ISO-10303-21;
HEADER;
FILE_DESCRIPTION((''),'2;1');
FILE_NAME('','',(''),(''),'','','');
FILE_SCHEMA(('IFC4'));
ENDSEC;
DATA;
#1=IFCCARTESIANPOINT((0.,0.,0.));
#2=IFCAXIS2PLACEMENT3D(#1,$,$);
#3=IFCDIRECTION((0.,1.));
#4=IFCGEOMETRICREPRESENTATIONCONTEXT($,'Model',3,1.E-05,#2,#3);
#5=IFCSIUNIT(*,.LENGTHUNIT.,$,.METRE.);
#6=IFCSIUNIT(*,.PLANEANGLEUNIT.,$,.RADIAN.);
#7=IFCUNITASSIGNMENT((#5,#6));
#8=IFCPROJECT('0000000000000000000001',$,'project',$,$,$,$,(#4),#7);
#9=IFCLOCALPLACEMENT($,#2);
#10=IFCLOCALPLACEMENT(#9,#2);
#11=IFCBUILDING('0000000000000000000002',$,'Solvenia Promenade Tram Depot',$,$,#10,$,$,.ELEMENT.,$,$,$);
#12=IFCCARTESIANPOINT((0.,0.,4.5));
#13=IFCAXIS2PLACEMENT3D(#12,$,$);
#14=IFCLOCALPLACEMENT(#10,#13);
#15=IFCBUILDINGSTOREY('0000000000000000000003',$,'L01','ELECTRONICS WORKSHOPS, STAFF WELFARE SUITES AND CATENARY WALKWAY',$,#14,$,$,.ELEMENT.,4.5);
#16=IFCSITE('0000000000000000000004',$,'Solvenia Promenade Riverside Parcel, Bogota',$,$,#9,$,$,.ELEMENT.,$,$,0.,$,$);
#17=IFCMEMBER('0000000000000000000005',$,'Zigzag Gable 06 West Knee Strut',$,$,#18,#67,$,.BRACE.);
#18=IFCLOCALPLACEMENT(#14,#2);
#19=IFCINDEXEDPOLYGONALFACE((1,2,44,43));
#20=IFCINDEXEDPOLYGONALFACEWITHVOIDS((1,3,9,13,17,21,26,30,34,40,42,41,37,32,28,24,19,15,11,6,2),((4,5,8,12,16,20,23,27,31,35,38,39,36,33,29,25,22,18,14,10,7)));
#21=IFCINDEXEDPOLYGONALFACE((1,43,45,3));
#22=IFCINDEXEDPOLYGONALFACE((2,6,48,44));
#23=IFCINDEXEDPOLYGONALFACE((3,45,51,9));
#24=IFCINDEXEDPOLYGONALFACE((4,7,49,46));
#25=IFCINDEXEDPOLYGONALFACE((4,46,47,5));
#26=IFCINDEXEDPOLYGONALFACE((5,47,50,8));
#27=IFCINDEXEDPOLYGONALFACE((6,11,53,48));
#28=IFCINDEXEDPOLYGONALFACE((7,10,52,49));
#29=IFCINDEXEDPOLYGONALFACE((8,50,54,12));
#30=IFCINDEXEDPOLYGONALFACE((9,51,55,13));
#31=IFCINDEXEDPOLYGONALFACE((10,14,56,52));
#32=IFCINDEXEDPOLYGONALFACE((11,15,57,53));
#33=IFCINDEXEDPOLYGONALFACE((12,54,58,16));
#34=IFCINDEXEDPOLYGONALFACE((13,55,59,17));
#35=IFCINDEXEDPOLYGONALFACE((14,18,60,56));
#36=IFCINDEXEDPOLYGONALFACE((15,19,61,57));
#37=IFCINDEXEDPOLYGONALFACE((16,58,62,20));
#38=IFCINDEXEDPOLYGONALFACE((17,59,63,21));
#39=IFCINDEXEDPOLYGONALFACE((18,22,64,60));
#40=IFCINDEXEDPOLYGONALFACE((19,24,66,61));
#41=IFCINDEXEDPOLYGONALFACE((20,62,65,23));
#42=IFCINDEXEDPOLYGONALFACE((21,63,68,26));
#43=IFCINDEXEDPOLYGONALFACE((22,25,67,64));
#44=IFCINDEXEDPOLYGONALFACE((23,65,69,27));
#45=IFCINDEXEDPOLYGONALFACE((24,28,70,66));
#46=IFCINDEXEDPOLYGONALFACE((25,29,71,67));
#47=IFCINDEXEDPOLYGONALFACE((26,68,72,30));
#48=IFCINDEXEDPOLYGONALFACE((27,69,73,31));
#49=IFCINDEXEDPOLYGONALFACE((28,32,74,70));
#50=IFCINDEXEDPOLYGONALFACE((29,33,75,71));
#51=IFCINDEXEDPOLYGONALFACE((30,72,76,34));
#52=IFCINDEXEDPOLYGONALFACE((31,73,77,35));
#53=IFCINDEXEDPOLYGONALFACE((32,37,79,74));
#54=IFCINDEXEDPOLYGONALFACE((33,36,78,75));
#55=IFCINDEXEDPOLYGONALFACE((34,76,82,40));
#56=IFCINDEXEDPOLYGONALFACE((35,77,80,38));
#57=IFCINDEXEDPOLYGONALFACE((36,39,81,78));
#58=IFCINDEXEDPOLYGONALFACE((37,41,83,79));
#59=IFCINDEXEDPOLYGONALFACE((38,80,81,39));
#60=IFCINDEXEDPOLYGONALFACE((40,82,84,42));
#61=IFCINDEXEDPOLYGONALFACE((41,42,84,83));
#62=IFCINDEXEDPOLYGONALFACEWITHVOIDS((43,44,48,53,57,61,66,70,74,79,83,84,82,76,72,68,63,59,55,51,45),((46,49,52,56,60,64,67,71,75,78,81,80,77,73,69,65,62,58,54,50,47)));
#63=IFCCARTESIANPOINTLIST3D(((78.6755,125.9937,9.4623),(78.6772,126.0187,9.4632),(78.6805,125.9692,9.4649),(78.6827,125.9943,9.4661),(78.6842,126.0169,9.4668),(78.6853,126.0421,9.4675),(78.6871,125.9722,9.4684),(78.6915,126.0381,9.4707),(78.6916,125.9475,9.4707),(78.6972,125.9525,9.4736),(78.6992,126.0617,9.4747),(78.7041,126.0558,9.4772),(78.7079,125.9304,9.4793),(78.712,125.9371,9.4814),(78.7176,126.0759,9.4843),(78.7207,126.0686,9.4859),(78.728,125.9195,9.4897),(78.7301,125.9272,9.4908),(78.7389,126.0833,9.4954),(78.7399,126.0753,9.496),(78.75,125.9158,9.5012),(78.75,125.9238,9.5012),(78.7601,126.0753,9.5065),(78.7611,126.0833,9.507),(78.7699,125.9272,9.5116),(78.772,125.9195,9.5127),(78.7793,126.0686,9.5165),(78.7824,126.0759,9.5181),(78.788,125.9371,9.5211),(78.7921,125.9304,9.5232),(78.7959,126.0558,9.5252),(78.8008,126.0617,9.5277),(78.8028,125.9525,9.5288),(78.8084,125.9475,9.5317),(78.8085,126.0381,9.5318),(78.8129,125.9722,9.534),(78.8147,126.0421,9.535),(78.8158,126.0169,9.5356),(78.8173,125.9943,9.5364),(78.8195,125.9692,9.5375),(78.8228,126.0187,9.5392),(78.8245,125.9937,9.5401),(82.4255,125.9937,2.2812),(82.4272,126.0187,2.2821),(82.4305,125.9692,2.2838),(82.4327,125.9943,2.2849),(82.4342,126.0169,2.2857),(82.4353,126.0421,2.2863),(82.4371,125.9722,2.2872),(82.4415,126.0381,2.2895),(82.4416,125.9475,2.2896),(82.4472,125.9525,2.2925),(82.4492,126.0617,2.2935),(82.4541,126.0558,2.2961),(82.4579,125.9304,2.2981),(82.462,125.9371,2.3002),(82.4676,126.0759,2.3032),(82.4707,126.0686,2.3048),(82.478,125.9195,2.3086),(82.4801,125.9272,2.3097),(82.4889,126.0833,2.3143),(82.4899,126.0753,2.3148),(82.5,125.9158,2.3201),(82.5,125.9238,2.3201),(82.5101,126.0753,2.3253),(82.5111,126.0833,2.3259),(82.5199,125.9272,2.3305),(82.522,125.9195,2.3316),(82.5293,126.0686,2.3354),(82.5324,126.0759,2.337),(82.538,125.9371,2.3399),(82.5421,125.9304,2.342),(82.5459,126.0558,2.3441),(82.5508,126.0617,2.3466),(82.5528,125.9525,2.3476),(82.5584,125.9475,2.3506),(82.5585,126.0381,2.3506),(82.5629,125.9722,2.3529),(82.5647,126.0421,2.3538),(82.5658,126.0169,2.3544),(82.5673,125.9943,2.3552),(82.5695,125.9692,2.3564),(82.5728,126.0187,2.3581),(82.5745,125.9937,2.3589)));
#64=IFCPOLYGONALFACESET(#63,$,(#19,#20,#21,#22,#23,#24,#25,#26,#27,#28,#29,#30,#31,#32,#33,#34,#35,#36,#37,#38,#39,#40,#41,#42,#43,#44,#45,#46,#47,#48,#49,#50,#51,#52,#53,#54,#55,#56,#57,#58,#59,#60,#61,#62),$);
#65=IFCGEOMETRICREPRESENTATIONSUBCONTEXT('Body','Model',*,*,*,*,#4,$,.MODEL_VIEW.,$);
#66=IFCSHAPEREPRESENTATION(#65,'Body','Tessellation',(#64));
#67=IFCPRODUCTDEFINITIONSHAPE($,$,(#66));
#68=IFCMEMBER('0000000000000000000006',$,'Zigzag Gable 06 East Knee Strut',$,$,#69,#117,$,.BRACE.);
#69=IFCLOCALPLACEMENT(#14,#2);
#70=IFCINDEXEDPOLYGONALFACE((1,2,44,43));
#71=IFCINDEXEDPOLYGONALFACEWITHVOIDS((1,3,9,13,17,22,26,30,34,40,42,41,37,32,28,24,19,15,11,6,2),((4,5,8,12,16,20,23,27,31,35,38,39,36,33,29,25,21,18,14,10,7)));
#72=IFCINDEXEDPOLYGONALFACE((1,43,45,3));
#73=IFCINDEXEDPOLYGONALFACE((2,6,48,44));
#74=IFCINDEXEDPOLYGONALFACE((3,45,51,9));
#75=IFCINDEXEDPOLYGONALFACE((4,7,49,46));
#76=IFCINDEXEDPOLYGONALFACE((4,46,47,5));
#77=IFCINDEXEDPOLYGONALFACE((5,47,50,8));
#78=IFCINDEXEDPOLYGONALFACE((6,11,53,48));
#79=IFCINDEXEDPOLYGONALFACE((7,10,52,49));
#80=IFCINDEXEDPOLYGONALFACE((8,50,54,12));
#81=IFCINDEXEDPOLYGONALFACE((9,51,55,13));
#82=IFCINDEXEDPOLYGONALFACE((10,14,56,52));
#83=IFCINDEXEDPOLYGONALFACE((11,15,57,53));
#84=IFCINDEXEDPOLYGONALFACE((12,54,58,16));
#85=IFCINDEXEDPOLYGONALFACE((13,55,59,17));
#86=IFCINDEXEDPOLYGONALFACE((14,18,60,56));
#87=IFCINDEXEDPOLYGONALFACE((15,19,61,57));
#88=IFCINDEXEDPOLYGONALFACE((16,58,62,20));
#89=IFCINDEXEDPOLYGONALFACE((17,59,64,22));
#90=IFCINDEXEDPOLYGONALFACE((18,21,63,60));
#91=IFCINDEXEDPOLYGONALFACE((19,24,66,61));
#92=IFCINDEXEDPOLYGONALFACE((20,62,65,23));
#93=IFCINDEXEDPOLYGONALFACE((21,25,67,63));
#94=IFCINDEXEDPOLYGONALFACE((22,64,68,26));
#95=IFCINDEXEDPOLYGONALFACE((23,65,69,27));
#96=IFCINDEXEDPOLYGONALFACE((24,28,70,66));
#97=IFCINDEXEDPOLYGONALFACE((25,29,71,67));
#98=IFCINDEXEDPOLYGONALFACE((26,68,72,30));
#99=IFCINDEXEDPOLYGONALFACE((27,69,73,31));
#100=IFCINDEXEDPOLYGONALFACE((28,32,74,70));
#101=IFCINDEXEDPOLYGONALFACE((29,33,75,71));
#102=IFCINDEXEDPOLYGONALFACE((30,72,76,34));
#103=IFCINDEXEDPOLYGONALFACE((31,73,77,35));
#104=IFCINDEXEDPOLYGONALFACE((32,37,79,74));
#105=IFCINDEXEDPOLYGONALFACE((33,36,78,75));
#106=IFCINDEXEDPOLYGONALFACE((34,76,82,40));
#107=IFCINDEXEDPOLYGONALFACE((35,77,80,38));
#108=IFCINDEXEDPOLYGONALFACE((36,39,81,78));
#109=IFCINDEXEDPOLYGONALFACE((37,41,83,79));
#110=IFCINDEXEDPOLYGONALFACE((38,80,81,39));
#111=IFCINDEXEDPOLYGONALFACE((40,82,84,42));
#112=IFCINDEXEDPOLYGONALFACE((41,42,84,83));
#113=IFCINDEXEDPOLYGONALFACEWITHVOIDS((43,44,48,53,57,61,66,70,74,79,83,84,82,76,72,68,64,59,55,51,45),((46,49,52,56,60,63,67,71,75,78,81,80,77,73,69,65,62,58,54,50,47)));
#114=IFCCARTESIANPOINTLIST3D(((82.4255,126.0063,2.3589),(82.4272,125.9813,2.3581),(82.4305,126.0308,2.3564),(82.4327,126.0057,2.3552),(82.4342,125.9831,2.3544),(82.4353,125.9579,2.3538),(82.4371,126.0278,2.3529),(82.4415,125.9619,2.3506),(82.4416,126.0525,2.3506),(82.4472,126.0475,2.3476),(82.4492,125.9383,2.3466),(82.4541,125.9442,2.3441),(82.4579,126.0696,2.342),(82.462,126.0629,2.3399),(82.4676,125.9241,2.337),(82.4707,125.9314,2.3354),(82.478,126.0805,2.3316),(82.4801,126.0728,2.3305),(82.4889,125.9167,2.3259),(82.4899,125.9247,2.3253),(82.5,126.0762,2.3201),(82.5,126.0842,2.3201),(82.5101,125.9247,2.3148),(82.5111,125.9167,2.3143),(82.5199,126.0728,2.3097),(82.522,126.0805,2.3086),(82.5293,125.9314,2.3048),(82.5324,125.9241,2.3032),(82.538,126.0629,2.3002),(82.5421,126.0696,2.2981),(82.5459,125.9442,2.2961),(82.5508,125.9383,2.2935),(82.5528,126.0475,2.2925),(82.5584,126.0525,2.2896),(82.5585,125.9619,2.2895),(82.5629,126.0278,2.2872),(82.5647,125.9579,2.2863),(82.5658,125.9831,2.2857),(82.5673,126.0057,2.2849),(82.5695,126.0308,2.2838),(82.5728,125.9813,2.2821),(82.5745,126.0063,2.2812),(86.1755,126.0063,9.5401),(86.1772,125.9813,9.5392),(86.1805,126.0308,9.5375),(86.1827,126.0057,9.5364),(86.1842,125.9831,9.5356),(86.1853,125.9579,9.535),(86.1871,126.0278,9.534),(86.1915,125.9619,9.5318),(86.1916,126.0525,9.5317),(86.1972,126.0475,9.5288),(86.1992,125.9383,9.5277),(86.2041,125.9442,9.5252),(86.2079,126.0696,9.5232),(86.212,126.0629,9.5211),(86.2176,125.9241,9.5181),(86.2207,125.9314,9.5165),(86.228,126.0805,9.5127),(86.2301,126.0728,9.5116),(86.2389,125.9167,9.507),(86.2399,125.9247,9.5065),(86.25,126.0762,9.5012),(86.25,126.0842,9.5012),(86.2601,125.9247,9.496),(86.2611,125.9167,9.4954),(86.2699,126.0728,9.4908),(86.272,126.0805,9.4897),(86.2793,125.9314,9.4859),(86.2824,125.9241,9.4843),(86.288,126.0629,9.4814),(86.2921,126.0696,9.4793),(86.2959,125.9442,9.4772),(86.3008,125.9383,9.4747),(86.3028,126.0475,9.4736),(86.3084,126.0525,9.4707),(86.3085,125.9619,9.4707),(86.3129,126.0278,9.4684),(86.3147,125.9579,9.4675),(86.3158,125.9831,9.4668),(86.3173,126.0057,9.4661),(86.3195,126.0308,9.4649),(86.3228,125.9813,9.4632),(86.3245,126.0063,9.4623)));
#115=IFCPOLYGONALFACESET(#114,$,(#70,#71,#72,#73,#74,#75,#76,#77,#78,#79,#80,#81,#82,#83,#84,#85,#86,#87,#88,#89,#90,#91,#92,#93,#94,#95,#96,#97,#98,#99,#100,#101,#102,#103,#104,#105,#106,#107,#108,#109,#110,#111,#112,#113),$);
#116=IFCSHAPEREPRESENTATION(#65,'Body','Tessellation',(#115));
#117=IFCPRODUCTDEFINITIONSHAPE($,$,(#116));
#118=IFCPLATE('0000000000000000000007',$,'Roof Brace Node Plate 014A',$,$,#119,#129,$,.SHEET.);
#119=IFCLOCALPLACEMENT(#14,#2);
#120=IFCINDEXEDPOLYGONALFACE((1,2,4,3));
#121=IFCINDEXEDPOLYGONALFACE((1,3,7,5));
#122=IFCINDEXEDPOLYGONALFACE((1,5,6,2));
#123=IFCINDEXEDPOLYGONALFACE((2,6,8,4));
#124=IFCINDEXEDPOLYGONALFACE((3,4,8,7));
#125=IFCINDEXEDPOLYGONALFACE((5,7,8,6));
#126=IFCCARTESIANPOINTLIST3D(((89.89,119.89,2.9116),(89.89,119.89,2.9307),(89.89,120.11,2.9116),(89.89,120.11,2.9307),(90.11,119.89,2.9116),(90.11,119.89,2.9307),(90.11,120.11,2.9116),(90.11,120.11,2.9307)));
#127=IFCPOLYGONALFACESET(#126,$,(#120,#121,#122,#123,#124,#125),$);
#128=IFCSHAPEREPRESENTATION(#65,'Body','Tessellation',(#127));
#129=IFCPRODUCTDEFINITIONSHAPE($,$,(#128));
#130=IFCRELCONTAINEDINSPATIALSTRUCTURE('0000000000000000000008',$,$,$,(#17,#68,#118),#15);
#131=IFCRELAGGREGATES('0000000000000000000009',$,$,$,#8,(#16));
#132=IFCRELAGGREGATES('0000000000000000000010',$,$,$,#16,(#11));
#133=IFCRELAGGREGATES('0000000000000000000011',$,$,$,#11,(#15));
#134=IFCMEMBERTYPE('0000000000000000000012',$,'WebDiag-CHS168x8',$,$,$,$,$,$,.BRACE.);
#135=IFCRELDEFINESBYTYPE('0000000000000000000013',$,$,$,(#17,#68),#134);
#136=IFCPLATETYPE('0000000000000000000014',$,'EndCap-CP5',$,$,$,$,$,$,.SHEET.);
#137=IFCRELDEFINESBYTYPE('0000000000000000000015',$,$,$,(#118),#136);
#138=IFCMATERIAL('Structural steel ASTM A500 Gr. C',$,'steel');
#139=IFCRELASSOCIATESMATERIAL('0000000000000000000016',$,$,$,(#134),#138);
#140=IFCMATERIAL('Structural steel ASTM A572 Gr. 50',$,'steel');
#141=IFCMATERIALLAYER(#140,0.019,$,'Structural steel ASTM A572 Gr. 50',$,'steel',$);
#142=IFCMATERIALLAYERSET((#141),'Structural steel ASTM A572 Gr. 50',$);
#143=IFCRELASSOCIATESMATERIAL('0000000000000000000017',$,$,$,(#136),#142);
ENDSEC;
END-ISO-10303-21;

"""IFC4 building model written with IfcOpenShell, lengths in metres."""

from ifc_helpers import new_model, si_unit, direction, frame, origin, origin_2d, place, context, subcontext, project, spatial, rectangle, hollow_circle, extrude, material, layer, layer_set, material_profile, profile_set, type_object, element, save


model = new_model("IFC4")

# Units and contexts
model_context = context("Model", 3, precision=1e-05, world=origin(), true_north=direction((0.0, 1.0)))
body_context = subcontext(model_context, "Body", "Model", "MODEL_VIEW")
ifc_project = project(units=[si_unit("LENGTHUNIT", "METRE"), si_unit("PLANEANGLEUNIT", "RADIAN")], contexts=[model_context])

# Site, building, storey
site_placement = place(None, origin())
site = spatial("IfcSite", under=ifc_project, at=site_placement, Name="Solvenia Promenade Riverside Parcel, Bogota", CompositionType="ELEMENT", RefElevation=0.0)
building_placement = place(site_placement, origin())
building = spatial("IfcBuilding", under=site, at=building_placement, Name="Solvenia Promenade Tram Depot", CompositionType="ELEMENT")
storey_placement = place(building_placement, frame((0.0, 0.0, 4.5)))
storey = spatial("IfcBuildingStorey", under=building, at=storey_placement, Name="L01", Description="ELECTRONICS WORKSHOPS, STAFF WELFARE SUITES AND CATENARY WALKWAY", CompositionType="ELEMENT", Elevation=4.5)

# Shared definitions
ifc_material_1 = material(Name="Structural steel ASTM A500 Gr. C", Category="steel")

# Members
ifc_material_profile_1 = material_profile(ifc_material_1, hollow_circle(Radius=0.0842, WallThickness=0.0081, at=origin_2d()), Name="CHS168.3x8", Category="steel")
ifc_profile_set_1 = profile_set([ifc_material_profile_1], Name="Structural steel ASTM A500 Gr. C")
member_type_1 = type_object("IfcMemberType", Name="WebDiag-CHS168x8", PredefinedType="BRACE", material=ifc_profile_set_1)
for number, where, z_axis, x_axis, name in (
    (1, (82.5, 126.0, 2.3201), (-0.462887, 0.0, 0.886417), (0.0, -1.0, 0.0), "Zigzag Gable 06 West Knee Strut"),
    (2, (82.5, 126.0, 2.3201), (0.462887, 0.0, 0.886417), (0.0, 1.0, 0.0), "Zigzag Gable 06 East Knee Strut"),
):
    element("IfcMember", number, at=place(storey_placement, frame(where, z_axis=z_axis, x_axis=x_axis)), inside=storey, type_object=member_type_1, Name=name, PredefinedType="BRACE", context=body_context, shape_type="SweptSolid", body=[
        extrude(hollow_circle(Radius=0.0842, WallThickness=0.0081, at=origin_2d()), origin(), (0.0, 0.0, 1.0), 8.1013),
    ])

# Plate
ifc_material_2 = material(Name="Structural steel ASTM A572 Gr. 50", Category="steel")
ifc_layer_1 = layer(ifc_material_2, 0.019, Name="Structural steel ASTM A572 Gr. 50", Category="steel")
ifc_layer_set_1 = layer_set([ifc_layer_1], Name="Structural steel ASTM A572 Gr. 50")
plate_type = type_object("IfcPlateType", Name="EndCap-CP5", PredefinedType="SHEET", material=ifc_layer_set_1)
plate_placement = place(storey_placement, frame((90.0, 120.0, 2.9116), z_axis=(0.0, 0.0, 1.0), x_axis=(1.0, 0.0, 0.0)))
element("IfcPlate", 3, at=plate_placement, inside=storey, type_object=plate_type, Name="Roof Brace Node Plate 014A", PredefinedType="SHEET", context=body_context, shape_type="SweptSolid", body=[
    extrude(rectangle(XDim=0.22, YDim=0.22, at=origin_2d()), origin(), (0.0, 0.0, 1.0), 0.019),
])

save(model, "model.ifc")
